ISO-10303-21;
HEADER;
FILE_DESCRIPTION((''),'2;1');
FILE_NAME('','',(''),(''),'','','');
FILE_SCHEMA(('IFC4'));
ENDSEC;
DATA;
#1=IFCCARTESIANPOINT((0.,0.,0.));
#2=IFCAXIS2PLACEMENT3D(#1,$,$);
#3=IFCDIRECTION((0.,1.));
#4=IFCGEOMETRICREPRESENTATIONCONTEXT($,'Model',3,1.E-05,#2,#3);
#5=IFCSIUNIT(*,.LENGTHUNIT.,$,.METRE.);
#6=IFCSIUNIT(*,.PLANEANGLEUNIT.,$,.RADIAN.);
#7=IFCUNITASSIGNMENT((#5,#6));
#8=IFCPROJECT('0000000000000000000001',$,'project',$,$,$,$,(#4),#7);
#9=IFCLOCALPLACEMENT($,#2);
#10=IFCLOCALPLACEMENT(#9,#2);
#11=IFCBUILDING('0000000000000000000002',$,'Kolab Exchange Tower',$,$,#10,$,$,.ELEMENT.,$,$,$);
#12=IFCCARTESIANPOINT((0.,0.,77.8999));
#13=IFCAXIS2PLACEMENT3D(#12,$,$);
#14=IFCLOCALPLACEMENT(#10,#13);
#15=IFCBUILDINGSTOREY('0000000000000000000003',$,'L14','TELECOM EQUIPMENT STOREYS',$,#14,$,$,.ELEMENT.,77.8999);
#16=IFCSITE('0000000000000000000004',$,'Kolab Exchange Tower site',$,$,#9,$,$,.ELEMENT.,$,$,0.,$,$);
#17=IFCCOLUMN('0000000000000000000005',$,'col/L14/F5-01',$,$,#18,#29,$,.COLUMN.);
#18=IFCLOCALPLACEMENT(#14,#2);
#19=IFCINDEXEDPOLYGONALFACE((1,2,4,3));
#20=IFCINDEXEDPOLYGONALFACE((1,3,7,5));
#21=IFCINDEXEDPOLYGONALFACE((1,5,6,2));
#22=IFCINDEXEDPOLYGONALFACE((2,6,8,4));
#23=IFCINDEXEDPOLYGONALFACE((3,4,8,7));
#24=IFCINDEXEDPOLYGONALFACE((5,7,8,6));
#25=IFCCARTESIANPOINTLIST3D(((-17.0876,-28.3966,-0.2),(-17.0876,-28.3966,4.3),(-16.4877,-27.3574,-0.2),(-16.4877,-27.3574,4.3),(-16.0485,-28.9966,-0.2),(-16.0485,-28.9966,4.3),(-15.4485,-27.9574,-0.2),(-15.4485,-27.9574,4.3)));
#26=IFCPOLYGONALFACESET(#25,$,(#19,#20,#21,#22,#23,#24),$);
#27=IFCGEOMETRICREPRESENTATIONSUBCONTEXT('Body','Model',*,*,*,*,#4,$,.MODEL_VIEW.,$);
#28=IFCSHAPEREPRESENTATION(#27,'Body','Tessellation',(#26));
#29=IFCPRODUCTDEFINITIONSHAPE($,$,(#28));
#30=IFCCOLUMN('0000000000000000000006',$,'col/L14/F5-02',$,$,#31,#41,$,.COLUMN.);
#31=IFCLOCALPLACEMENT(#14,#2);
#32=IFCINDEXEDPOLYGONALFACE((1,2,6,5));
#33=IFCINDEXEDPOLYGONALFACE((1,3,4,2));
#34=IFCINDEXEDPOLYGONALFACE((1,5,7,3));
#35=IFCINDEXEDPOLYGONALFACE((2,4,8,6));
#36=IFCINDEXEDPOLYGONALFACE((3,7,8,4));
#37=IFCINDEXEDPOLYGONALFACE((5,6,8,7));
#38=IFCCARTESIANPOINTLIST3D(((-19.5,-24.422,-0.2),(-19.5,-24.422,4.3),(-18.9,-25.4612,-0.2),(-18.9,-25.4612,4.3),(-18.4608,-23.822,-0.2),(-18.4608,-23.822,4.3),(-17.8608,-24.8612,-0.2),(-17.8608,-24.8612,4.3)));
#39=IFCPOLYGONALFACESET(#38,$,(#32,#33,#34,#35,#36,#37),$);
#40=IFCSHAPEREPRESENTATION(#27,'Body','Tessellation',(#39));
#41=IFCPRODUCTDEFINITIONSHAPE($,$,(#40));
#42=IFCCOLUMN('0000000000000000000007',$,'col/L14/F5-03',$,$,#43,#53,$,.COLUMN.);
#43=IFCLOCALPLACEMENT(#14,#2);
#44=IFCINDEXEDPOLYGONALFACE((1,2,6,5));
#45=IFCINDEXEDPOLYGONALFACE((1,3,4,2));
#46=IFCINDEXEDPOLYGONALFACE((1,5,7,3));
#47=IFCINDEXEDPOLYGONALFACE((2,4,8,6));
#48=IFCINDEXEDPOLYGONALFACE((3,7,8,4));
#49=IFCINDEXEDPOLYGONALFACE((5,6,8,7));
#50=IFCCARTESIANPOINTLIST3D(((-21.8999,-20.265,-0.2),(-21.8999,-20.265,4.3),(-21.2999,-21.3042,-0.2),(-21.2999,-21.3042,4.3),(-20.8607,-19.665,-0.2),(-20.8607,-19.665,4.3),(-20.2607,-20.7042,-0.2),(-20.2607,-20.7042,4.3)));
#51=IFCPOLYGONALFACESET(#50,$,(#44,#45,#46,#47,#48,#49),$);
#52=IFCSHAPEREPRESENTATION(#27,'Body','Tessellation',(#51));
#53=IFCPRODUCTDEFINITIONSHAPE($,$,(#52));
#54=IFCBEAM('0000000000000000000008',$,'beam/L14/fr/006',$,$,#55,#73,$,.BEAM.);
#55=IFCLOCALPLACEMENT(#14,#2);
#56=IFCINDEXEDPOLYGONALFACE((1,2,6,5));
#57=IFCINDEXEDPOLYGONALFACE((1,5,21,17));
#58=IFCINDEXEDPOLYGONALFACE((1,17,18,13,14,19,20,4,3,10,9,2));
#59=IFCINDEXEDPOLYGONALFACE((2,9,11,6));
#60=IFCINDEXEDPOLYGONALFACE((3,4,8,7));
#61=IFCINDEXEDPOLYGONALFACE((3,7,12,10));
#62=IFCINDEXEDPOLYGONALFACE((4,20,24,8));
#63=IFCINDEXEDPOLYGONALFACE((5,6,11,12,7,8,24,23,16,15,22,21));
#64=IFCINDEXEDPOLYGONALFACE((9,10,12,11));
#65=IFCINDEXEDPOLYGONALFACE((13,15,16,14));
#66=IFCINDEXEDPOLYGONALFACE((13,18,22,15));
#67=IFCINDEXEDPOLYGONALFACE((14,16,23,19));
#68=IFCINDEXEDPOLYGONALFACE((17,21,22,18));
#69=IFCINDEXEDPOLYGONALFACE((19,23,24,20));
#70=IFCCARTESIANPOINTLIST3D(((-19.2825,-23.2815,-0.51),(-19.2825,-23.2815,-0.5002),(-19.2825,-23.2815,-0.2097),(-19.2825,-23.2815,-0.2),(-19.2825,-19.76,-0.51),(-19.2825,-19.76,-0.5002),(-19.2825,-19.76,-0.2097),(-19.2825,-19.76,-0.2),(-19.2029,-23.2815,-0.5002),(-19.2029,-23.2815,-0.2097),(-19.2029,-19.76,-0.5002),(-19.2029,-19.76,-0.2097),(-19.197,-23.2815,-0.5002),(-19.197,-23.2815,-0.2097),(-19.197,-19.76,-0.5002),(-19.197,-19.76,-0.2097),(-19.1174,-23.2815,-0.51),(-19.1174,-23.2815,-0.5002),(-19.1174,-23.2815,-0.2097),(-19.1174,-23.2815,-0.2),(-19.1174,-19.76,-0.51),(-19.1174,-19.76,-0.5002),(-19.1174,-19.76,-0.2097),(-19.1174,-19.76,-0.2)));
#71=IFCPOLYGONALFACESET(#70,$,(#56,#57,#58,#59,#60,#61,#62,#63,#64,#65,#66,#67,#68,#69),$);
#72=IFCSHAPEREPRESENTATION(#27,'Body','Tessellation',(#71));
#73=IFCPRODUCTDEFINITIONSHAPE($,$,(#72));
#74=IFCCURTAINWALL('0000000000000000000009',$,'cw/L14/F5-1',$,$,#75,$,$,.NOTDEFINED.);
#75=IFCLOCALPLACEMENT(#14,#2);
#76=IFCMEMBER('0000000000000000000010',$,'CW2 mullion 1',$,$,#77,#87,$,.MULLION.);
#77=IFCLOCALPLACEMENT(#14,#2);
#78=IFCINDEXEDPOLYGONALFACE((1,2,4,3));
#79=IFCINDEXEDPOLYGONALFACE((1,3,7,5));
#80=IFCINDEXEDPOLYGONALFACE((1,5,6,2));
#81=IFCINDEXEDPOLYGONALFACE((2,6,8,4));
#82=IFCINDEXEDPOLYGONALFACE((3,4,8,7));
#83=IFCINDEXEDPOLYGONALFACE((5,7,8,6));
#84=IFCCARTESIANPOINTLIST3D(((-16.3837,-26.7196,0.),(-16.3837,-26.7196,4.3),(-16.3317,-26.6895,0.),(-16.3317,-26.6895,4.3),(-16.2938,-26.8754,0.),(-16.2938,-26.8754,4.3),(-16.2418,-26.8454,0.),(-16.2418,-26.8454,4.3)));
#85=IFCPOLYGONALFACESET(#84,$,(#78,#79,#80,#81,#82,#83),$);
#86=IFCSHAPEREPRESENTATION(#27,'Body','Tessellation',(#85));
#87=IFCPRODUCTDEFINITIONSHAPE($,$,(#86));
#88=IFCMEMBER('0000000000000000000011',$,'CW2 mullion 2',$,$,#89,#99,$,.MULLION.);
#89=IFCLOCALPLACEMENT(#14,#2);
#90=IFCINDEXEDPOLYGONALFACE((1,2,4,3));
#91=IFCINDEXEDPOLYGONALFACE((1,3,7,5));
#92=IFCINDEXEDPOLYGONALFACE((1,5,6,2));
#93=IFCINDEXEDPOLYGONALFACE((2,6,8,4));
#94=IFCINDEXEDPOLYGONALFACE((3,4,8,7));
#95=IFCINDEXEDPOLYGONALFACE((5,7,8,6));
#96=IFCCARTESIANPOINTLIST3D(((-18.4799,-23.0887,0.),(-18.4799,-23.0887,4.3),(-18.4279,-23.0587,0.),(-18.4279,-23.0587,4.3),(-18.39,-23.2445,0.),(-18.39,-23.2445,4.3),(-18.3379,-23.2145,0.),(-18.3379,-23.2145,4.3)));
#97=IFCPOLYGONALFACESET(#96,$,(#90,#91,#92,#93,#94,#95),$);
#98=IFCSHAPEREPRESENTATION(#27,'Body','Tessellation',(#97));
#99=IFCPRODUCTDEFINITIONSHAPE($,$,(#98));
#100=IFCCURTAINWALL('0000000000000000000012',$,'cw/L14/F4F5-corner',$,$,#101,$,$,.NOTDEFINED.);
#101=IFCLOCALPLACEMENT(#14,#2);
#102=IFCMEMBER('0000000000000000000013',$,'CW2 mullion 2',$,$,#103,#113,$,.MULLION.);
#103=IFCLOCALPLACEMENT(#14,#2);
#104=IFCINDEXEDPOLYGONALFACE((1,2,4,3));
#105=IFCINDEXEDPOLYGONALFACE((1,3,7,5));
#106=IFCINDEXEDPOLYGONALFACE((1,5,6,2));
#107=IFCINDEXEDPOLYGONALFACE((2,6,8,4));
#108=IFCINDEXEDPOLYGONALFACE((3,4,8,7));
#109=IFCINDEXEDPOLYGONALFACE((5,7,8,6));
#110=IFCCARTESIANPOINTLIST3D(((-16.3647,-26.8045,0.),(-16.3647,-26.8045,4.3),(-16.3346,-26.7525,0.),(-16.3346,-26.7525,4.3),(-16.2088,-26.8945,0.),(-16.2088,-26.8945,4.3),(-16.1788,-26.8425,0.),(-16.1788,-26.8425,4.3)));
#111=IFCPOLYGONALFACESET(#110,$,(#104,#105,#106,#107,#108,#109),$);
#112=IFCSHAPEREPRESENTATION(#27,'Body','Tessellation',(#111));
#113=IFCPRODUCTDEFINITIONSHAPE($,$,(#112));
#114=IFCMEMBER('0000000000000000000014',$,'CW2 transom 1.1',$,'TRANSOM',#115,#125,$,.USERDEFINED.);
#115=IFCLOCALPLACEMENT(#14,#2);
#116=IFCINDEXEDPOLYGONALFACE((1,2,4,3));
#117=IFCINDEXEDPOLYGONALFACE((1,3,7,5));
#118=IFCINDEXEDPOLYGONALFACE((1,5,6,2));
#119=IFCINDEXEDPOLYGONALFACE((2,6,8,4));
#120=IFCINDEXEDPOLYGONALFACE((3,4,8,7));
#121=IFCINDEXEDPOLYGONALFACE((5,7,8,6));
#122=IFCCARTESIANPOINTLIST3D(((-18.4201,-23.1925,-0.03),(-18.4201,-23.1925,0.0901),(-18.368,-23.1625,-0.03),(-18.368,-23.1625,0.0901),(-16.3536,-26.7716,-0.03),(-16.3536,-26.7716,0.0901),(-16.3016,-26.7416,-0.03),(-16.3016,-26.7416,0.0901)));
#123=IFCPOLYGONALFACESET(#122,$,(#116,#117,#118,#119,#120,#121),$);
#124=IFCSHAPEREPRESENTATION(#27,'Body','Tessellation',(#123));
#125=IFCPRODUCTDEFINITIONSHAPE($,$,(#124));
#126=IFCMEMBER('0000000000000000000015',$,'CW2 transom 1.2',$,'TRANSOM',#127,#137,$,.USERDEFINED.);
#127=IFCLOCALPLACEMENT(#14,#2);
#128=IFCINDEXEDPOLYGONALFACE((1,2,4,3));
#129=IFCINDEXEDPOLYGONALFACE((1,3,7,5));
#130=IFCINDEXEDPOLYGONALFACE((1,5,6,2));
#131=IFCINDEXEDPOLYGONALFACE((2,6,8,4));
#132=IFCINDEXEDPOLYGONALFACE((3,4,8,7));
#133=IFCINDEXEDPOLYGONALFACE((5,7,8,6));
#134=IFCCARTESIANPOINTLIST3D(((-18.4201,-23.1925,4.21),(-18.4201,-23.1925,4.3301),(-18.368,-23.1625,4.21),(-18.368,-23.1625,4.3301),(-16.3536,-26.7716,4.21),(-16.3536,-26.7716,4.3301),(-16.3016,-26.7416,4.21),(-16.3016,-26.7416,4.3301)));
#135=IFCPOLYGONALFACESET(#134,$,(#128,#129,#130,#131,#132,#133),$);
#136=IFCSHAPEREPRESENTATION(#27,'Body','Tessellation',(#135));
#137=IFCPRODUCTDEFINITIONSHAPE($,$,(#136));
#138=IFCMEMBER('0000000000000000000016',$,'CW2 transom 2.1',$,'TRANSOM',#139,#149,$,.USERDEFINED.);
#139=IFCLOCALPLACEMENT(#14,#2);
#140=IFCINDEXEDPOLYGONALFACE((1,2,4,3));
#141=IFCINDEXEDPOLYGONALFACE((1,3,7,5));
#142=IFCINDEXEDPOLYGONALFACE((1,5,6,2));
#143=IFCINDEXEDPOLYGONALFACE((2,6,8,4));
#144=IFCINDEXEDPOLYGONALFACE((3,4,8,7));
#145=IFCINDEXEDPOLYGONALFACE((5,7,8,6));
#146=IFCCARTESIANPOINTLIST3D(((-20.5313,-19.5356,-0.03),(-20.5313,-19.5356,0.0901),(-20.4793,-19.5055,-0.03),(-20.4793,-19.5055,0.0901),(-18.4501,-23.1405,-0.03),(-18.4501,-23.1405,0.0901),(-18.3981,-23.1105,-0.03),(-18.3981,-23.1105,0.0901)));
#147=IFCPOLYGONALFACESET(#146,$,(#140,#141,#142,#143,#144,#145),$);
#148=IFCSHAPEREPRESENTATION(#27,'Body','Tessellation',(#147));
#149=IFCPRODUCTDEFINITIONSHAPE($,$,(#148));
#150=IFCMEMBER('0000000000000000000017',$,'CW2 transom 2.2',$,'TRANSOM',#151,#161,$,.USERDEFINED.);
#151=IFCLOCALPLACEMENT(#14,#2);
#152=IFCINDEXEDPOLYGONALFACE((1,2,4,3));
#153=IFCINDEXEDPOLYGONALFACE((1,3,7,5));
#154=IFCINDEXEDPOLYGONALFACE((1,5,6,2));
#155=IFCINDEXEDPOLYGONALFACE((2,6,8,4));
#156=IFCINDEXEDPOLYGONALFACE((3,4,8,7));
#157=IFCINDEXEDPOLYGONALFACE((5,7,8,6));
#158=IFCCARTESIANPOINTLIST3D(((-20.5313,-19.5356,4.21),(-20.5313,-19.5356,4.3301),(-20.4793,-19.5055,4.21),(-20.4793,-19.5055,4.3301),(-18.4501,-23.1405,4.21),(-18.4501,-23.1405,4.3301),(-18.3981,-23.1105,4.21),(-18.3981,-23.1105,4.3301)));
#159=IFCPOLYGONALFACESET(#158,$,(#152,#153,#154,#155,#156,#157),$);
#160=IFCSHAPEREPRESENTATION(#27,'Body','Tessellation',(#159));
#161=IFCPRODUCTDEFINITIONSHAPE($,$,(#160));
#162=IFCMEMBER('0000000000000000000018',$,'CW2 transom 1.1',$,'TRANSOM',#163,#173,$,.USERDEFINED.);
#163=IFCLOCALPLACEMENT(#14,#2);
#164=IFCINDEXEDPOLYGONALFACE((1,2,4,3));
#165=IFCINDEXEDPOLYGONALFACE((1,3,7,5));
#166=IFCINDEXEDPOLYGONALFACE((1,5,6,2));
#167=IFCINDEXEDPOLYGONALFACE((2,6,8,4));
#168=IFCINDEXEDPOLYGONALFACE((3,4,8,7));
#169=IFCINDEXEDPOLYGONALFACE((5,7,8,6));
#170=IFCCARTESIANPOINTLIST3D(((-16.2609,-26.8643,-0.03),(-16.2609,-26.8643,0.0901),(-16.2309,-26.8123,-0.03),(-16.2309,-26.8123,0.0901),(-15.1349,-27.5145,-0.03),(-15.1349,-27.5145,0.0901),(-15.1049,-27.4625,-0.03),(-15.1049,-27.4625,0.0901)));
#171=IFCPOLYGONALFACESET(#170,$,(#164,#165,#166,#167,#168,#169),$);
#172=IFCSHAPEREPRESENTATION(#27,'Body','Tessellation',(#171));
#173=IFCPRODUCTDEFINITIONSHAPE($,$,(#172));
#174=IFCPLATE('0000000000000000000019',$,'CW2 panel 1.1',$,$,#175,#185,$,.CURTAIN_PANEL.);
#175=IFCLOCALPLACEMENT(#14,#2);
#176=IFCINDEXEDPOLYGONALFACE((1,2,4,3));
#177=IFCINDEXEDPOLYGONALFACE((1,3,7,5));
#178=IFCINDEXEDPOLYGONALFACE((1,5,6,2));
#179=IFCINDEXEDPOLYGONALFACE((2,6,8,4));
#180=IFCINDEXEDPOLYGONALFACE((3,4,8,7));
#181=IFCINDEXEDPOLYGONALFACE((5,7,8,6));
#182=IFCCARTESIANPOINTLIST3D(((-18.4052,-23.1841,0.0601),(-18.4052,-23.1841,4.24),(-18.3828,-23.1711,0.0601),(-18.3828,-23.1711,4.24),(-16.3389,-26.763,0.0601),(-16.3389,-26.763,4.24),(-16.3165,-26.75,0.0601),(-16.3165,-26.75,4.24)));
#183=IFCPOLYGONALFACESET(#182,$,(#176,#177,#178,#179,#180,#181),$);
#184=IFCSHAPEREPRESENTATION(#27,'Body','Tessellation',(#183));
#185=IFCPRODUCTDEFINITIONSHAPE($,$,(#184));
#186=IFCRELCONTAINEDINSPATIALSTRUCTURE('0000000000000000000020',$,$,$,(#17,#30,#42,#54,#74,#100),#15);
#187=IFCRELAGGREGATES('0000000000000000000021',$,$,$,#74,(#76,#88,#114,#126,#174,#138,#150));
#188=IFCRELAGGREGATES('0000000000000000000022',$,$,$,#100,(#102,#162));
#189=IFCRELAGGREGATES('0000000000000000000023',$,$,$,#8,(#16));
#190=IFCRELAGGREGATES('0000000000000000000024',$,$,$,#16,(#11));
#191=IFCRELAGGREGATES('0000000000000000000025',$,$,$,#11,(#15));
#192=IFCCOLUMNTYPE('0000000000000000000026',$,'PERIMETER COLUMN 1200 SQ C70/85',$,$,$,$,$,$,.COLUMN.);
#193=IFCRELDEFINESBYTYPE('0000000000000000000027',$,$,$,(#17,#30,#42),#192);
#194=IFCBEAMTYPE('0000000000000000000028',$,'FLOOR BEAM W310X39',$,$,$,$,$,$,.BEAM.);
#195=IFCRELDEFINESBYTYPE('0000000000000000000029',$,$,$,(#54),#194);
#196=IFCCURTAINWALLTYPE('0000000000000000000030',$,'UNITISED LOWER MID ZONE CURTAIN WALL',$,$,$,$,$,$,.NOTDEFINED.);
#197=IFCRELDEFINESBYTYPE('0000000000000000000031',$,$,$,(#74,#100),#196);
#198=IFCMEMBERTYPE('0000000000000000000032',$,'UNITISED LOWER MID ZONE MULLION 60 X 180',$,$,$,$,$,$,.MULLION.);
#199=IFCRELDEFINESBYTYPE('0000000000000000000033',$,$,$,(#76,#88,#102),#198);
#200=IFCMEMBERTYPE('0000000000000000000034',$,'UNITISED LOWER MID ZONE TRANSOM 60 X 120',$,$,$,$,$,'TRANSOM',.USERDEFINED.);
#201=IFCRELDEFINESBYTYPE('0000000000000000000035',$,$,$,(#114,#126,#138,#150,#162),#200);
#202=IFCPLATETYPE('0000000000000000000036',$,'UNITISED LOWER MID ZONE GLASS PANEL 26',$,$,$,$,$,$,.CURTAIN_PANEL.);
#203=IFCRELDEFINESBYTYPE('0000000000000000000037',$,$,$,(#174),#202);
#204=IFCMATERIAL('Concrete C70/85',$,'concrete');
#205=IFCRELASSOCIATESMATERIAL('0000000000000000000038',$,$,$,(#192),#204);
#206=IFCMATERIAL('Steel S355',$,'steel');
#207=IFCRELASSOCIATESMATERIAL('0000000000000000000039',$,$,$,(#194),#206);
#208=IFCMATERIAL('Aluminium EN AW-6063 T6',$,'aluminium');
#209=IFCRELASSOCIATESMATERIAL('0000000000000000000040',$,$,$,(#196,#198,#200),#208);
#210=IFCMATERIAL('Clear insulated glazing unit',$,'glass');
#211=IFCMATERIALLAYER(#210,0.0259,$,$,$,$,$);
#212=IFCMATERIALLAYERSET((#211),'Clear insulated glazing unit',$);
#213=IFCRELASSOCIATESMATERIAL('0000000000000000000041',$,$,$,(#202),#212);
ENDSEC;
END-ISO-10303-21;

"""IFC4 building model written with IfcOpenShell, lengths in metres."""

from ifc_helpers import new_model, si_unit, direction, frame, origin, origin_2d, place, context, subcontext, project, spatial, rectangle, i_section, extrude, material, layer, layer_set, material_profile, profile_set, type_object, element, aggregate, save


model = new_model("IFC4")

# Units and contexts
model_context = context("Model", 3, precision=1e-05, world=origin(), true_north=direction((0.0, 1.0)))
body_context = subcontext(model_context, "Body", "Model", "MODEL_VIEW")
ifc_project = project(units=[si_unit("LENGTHUNIT", "METRE"), si_unit("PLANEANGLEUNIT", "RADIAN")], contexts=[model_context])

# Site, building, storey
site_placement = place(None, origin())
site = spatial("IfcSite", under=ifc_project, at=site_placement, Name="Kolab Exchange Tower site", CompositionType="ELEMENT", RefElevation=0.0)
building_placement = place(site_placement, origin())
building = spatial("IfcBuilding", under=site, at=building_placement, Name="Kolab Exchange Tower", CompositionType="ELEMENT")
storey_placement = place(building_placement, frame((0.0, 0.0, 77.8999)))
storey = spatial("IfcBuildingStorey", under=building, at=storey_placement, Name="L14", Description="TELECOM EQUIPMENT STOREYS", CompositionType="ELEMENT", Elevation=77.8999)

# Columns
ifc_material_1 = material(Name="Concrete C70/85", Category="concrete")
ifc_material_profile_1 = material_profile(ifc_material_1, rectangle(XDim=1.2, YDim=1.2, at=origin_2d()), Name="RC1200")
ifc_profile_set_1 = profile_set([ifc_material_profile_1], Name="Concrete C70/85")
column_type = type_object("IfcColumnType", Name="PERIMETER COLUMN 1200 SQ C70/85", PredefinedType="COLUMN", material=ifc_profile_set_1)
for number, where, z_axis, x_axis, name in (
    (1, (-16.2681, -28.177, -0.2), (0.0, 0.0, 1.0), (0.5, 0.866025, 0.0), "col/L14/F5-01"),
    (2, (-18.6804, -24.6416, -0.2), (0.0, 0.0, 1.0), (0.866025, 0.5, 0.0), "col/L14/F5-02"),
    (3, (-21.0803, -20.4846, -0.2), (0.0, 0.0, 1.0), (0.866025, 0.5, 0.0), "col/L14/F5-03"),
):
    element("IfcColumn", number, at=place(storey_placement, frame(where, z_axis=z_axis, x_axis=x_axis)), inside=storey, type_object=column_type, Name=name, PredefinedType="COLUMN", context=body_context, shape_type="SweptSolid", body=[
        extrude(rectangle(XDim=1.2, YDim=1.2, at=origin_2d()), origin(), (0.0, 0.0, 1.0), 4.5),
    ])

# Beam
ifc_material_2 = material(Name="Steel S355", Category="steel")
ifc_material_profile_2 = material_profile(ifc_material_2, i_section(OverallWidth=0.165, OverallDepth=0.3101, WebThickness=0.0059, FlangeThickness=0.0098, at=origin_2d()), Name="W310X39")
ifc_profile_set_2 = profile_set([ifc_material_profile_2], Name="Steel S355")
beam_type = type_object("IfcBeamType", Name="FLOOR BEAM W310X39", PredefinedType="BEAM", material=ifc_profile_set_2)
beam_placement = place(storey_placement, frame((-19.2, -23.2815, -0.355), z_axis=(0.0, 1.0, 0.0), x_axis=(-1.0, 0.0, 0.0)))
element("IfcBeam", 4, at=beam_placement, inside=storey, type_object=beam_type, Name="beam/L14/fr/006", PredefinedType="BEAM", context=body_context, shape_type="SweptSolid", body=[
    extrude(i_section(OverallWidth=0.165, OverallDepth=0.3101, WebThickness=0.0059, FlangeThickness=0.0098, at=origin_2d()), origin(), (0.0, 0.0, 1.0), 3.5215),
])

# Curtain wall, members
ifc_material_3 = material(Name="Aluminium EN AW-6063 T6", Category="aluminium")
curtain_wall_type = type_object("IfcCurtainWallType", Name="UNITISED LOWER MID ZONE CURTAIN WALL", PredefinedType="NOTDEFINED", material=ifc_material_3)
curtain_wall_1_placement = place(storey_placement, origin())
curtain_wall_1 = element("IfcCurtainWall", 5, at=curtain_wall_1_placement, inside=storey, type_object=curtain_wall_type, Name="cw/L14/F5-1", PredefinedType="NOTDEFINED")
ifc_material_profile_3 = material_profile(ifc_material_3, rectangle(XDim=0.0601, YDim=0.1799, at=origin_2d()), Name="RECT 60X180")
ifc_profile_set_3 = profile_set([ifc_material_profile_3], Name="Aluminium EN AW-6063 T6")
member_type_1 = type_object("IfcMemberType", Name="UNITISED LOWER MID ZONE MULLION 60 X 180", PredefinedType="MULLION", material=ifc_profile_set_3)
member_1_placement = place(storey_placement, frame((-16.3127, -26.7825, 0.0), z_axis=(0.0, 0.0, 1.0), x_axis=(-0.866025, -0.5, 0.0)))
member_1 = element("IfcMember", 6, at=member_1_placement, type_object=member_type_1, Name="CW2 mullion 1", PredefinedType="MULLION", context=body_context, shape_type="SweptSolid", body=[
    extrude(rectangle(XDim=0.0601, YDim=0.1799, at=origin_2d()), origin(), (0.0, 0.0, 1.0), 4.3),
])
member_2_placement = place(storey_placement, frame((-18.4089, -23.1516, 0.0), z_axis=(0.0, 0.0, 1.0), x_axis=(-0.866025, -0.5, 0.0)))
member_2 = element("IfcMember", 7, at=member_2_placement, type_object=member_type_1, Name="CW2 mullion 2", PredefinedType="MULLION", context=body_context, shape_type="SweptSolid", body=[
    extrude(rectangle(XDim=0.0601, YDim=0.1799, at=origin_2d()), origin(), (0.0, 0.0, 1.0), 4.3),
])

# Curtain wall, member
curtain_wall_2_placement = place(storey_placement, origin())
curtain_wall_2 = element("IfcCurtainWall", 8, at=curtain_wall_2_placement, inside=storey, type_object=curtain_wall_type, Name="cw/L14/F4F5-corner", PredefinedType="NOTDEFINED")
member_3_placement = place(storey_placement, frame((-16.2717, -26.8235, 0.0), z_axis=(0.0, 0.0, 1.0), x_axis=(-0.5, -0.866025, 0.0)))
member_3 = element("IfcMember", 9, at=member_3_placement, type_object=member_type_1, Name="CW2 mullion 2", PredefinedType="MULLION", context=body_context, shape_type="SweptSolid", body=[
    extrude(rectangle(XDim=0.0601, YDim=0.1799, at=origin_2d()), origin(), (0.0, 0.0, 1.0), 4.3),
])

# Members
ifc_material_profile_4 = material_profile(ifc_material_3, rectangle(XDim=0.0601, YDim=0.1201, at=origin_2d()), Name="RECT 60X120")
ifc_profile_set_4 = profile_set([ifc_material_profile_4], Name="Aluminium EN AW-6063 T6")
member_type_2 = type_object("IfcMemberType", Name="UNITISED LOWER MID ZONE TRANSOM 60 X 120", ElementType="TRANSOM", PredefinedType="USERDEFINED", material=ifc_profile_set_4)
member_4_placement = place(storey_placement, frame((-16.3276, -26.7566, 0.03), z_axis=(-0.500002, 0.866024, 0.0), x_axis=(-0.866024, -0.500002, 0.0)))
member_4 = element("IfcMember", 10, at=member_4_placement, type_object=member_type_2, Name="CW2 transom 1.1", ObjectType="TRANSOM", PredefinedType="USERDEFINED", context=body_context, shape_type="SweptSolid", body=[
    extrude(rectangle(XDim=0.0601, YDim=0.1201, at=origin_2d()), origin(), (0.0, 0.0, 1.0), 4.1328),
])
member_5_placement = place(storey_placement, frame((-16.3276, -26.7566, 4.27), z_axis=(-0.500002, 0.866024, 0.0), x_axis=(-0.866024, -0.500002, 0.0)))
member_5 = element("IfcMember", 11, at=member_5_placement, type_object=member_type_2, Name="CW2 transom 1.2", ObjectType="TRANSOM", PredefinedType="USERDEFINED", context=body_context, shape_type="SweptSolid", body=[
    extrude(rectangle(XDim=0.0601, YDim=0.1201, at=origin_2d()), origin(), (0.0, 0.0, 1.0), 4.1328),
])
member_6_placement = place(storey_placement, frame((-18.4241, -23.1255, 0.03), z_axis=(-0.499993, 0.866029, 0.0), x_axis=(-0.866029, -0.499993, 0.0)))
member_6 = element("IfcMember", 12, at=member_6_placement, type_object=member_type_2, Name="CW2 transom 2.1", ObjectType="TRANSOM", PredefinedType="USERDEFINED", context=body_context, shape_type="SweptSolid", body=[
    extrude(rectangle(XDim=0.0601, YDim=0.1201, at=origin_2d()), origin(), (0.0, 0.0, 1.0), 4.1626),
])
member_7_placement = place(storey_placement, frame((-18.4241, -23.1255, 4.27), z_axis=(-0.499993, 0.866029, 0.0), x_axis=(-0.866029, -0.499993, 0.0)))
member_7 = element("IfcMember", 13, at=member_7_placement, type_object=member_type_2, Name="CW2 transom 2.2", ObjectType="TRANSOM", PredefinedType="USERDEFINED", context=body_context, shape_type="SweptSolid", body=[
    extrude(rectangle(XDim=0.0601, YDim=0.1201, at=origin_2d()), origin(), (0.0, 0.0, 1.0), 4.1626),
])
member_8_placement = place(storey_placement, frame((-15.1199, -27.4885, 0.03), z_axis=(-0.866004, 0.500037, 0.0), x_axis=(-0.500037, -0.866004, 0.0)))
member_8 = element("IfcMember", 14, at=member_8_placement, type_object=member_type_2, Name="CW2 transom 1.1", ObjectType="TRANSOM", PredefinedType="USERDEFINED", context=body_context, shape_type="SweptSolid", body=[
    extrude(rectangle(XDim=0.0601, YDim=0.1201, at=origin_2d()), origin(), (0.0, 0.0, 1.0), 1.3003),
])

# Plate
ifc_material_4 = material(Name="Clear insulated glazing unit", Category="glass")
ifc_layer_1 = layer(ifc_material_4, 0.0259)
ifc_layer_set_1 = layer_set([ifc_layer_1], Name="Clear insulated glazing unit")
plate_type = type_object("IfcPlateType", Name="UNITISED LOWER MID ZONE GLASS PANEL 26", PredefinedType="CURTAIN_PANEL", material=ifc_layer_set_1)
plate_1_placement = place(storey_placement, frame((-17.3608, -24.967, 0.0601), z_axis=(0.0, 0.0, 1.0), x_axis=(-0.5, 0.866025, 0.0)))
plate_1 = element("IfcPlate", 15, at=plate_1_placement, type_object=plate_type, Name="CW2 panel 1.1", PredefinedType="CURTAIN_PANEL", context=body_context, shape_type="SweptSolid", body=[
    extrude(rectangle(XDim=4.1326, YDim=0.0259, at=origin_2d()), origin(), (0.0, 0.0, 1.0), 4.1799),
])
aggregate(curtain_wall_1, [member_1, member_2, member_4, member_5, plate_1, member_6, member_7])
aggregate(curtain_wall_2, [member_3, member_8])

save(model, "model.ifc")
